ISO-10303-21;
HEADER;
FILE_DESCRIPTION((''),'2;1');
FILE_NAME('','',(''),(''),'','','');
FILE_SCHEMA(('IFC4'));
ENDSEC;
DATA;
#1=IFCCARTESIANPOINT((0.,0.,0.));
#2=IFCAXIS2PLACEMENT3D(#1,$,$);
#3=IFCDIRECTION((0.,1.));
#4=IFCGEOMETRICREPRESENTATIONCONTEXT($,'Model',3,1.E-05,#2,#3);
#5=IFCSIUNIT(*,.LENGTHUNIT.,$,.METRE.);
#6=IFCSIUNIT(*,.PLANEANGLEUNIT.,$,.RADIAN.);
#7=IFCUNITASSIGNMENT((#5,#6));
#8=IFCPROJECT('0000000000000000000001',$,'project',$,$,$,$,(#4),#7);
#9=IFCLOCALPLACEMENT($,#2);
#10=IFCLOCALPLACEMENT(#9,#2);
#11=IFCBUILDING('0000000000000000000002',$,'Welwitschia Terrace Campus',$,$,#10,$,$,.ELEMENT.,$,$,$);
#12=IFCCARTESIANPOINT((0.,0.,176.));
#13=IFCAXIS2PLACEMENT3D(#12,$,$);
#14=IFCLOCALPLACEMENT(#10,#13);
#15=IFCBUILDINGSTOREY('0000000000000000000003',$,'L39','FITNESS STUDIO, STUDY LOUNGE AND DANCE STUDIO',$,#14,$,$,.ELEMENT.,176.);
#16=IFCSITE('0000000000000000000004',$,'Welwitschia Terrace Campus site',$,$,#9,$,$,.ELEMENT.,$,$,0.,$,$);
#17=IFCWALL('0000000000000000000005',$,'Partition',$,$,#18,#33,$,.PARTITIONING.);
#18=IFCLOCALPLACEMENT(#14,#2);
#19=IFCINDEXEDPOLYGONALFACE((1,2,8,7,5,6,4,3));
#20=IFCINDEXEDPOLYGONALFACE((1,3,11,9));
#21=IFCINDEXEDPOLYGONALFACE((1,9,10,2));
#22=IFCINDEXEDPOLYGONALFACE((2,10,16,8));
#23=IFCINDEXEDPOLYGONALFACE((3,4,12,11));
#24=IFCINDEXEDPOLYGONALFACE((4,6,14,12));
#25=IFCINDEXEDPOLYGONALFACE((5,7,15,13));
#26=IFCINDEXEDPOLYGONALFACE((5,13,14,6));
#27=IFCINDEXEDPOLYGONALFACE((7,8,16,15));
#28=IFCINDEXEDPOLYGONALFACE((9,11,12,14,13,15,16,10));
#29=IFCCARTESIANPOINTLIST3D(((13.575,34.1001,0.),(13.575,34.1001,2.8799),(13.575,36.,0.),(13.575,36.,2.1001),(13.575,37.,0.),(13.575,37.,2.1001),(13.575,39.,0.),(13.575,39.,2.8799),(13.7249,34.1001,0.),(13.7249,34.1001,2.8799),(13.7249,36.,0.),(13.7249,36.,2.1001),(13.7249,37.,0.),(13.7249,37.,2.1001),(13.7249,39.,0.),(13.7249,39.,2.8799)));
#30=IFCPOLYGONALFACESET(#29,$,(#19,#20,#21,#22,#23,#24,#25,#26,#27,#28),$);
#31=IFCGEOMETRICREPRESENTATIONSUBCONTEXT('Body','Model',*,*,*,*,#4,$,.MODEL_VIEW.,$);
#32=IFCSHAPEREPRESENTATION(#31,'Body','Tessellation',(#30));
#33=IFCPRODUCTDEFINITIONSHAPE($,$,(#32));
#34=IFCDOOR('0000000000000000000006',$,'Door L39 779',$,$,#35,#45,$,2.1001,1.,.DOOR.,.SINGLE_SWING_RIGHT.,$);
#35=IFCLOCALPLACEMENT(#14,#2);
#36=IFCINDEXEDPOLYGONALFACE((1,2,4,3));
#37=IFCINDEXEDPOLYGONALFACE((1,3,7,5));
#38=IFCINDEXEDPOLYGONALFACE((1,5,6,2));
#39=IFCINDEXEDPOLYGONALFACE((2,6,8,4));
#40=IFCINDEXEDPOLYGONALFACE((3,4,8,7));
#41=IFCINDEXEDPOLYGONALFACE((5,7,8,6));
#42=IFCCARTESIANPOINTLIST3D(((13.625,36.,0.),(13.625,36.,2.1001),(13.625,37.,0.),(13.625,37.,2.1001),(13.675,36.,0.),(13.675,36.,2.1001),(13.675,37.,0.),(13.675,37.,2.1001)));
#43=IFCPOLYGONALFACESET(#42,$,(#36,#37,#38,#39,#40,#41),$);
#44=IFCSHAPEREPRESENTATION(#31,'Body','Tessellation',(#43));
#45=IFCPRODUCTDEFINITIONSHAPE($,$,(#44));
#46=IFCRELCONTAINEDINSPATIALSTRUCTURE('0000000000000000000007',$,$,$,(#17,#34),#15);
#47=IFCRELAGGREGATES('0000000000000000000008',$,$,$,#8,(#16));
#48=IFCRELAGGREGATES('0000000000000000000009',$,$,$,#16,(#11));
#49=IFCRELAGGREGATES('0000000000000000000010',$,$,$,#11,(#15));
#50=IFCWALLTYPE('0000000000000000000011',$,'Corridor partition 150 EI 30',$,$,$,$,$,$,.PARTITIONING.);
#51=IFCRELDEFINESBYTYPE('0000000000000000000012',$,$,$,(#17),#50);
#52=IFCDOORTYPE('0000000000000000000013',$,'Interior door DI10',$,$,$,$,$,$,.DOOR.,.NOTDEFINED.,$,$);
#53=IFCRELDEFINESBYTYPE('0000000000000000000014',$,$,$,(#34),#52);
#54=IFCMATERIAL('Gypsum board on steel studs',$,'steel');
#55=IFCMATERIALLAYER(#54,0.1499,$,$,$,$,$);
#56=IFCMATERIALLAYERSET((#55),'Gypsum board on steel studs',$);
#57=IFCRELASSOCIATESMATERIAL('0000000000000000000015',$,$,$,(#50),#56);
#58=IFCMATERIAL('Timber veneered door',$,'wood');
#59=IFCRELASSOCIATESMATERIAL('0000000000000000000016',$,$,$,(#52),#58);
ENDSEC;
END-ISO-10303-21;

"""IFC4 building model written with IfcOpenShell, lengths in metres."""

from ifc_helpers import new_model, si_unit, direction, frame, frame_2d, origin, place, context, subcontext, project, spatial, rectangle, extrude, material, layer, layer_set, type_object, element, fill, save


model = new_model("IFC4")

# Units and contexts
model_context = context("Model", 3, precision=1e-05, world=origin(), true_north=direction((0.0, 1.0)))
body_context = subcontext(model_context, "Body", "Model", "MODEL_VIEW")
ifc_project = project(units=[si_unit("LENGTHUNIT", "METRE"), si_unit("PLANEANGLEUNIT", "RADIAN")], contexts=[model_context])

# Site, building, storey
site_placement = place(None, origin())
site = spatial("IfcSite", under=ifc_project, at=site_placement, Name="Welwitschia Terrace Campus site", CompositionType="ELEMENT", RefElevation=0.0)
building_placement = place(site_placement, origin())
building = spatial("IfcBuilding", under=site, at=building_placement, Name="Welwitschia Terrace Campus", CompositionType="ELEMENT")
storey_placement = place(building_placement, frame((0.0, 0.0, 176.0)))
storey = spatial("IfcBuildingStorey", under=building, at=storey_placement, Name="L39", Description="FITNESS STUDIO, STUDY LOUNGE AND DANCE STUDIO", CompositionType="ELEMENT", Elevation=176.0)

# Shared definitions
ifc_material_1 = material(Name="Gypsum board on steel studs", Category="steel")
ifc_layer_1 = layer(ifc_material_1, 0.1499)
ifc_layer_set_1 = layer_set([ifc_layer_1], Name="Gypsum board on steel studs")
wall_type = type_object("IfcWallType", Name="Corridor partition 150 EI 30", PredefinedType="PARTITIONING", material=ifc_layer_set_1)

# Wall, opening, door
wall_1_placement = place(storey_placement, frame((13.6499, 34.1001, 0.0), z_axis=(0.0, 0.0, 1.0), x_axis=(0.0, 1.0, 0.0)))
wall_1 = element("IfcWall", 1, at=wall_1_placement, inside=storey, type_object=wall_type, Name="Partition", PredefinedType="PARTITIONING", context=body_context, shape_type="SweptSolid", body=[
    extrude(rectangle(XDim=4.8999, YDim=0.1499, at=frame_2d((2.45, 0.0))), origin(), (0.0, 0.0, 1.0), 2.8799),
])
opening_1_placement = place(wall_1_placement, frame((1.8999, 0.0, 0.0)))
opening_1 = element("IfcOpeningElement", 2, at=opening_1_placement, cuts=wall_1, PredefinedType="OPENING", context=body_context, shape_type="SweptSolid", body=[
    extrude(rectangle(XDim=1.0, YDim=2.1001, at=frame_2d((0.5, 1.05))), frame((0.0, 0.085, 0.0), z_axis=(0.0, -1.0, 0.0), x_axis=(1.0, 0.0, 0.0)), (0.0, 0.0, 1.0), 0.1699),
])
ifc_material_2 = material(Name="Timber veneered door", Category="wood")
door_type_1 = type_object("IfcDoorType", Name="Interior door DI10", OperationType="NOTDEFINED", PredefinedType="DOOR", material=ifc_material_2)
door_1_placement = place(opening_1_placement, origin())
door_1 = element("IfcDoor", 3, at=door_1_placement, inside=storey, type_object=door_type_1, Name="Door L39 779", OperationType="SINGLE_SWING_RIGHT", OverallHeight=2.1001, OverallWidth=1.0, PredefinedType="DOOR", context=body_context, shape_type="SweptSolid", body=[
    extrude(rectangle(XDim=1.0, YDim=2.1001, at=frame_2d((0.5, 1.05))), frame((0.0, 0.0249, 0.0), z_axis=(0.0, -1.0, 0.0), x_axis=(1.0, 0.0, 0.0)), (0.0, 0.0, 1.0), 0.05),
])
fill(opening_1, door_1)

save(model, "model.ifc")
